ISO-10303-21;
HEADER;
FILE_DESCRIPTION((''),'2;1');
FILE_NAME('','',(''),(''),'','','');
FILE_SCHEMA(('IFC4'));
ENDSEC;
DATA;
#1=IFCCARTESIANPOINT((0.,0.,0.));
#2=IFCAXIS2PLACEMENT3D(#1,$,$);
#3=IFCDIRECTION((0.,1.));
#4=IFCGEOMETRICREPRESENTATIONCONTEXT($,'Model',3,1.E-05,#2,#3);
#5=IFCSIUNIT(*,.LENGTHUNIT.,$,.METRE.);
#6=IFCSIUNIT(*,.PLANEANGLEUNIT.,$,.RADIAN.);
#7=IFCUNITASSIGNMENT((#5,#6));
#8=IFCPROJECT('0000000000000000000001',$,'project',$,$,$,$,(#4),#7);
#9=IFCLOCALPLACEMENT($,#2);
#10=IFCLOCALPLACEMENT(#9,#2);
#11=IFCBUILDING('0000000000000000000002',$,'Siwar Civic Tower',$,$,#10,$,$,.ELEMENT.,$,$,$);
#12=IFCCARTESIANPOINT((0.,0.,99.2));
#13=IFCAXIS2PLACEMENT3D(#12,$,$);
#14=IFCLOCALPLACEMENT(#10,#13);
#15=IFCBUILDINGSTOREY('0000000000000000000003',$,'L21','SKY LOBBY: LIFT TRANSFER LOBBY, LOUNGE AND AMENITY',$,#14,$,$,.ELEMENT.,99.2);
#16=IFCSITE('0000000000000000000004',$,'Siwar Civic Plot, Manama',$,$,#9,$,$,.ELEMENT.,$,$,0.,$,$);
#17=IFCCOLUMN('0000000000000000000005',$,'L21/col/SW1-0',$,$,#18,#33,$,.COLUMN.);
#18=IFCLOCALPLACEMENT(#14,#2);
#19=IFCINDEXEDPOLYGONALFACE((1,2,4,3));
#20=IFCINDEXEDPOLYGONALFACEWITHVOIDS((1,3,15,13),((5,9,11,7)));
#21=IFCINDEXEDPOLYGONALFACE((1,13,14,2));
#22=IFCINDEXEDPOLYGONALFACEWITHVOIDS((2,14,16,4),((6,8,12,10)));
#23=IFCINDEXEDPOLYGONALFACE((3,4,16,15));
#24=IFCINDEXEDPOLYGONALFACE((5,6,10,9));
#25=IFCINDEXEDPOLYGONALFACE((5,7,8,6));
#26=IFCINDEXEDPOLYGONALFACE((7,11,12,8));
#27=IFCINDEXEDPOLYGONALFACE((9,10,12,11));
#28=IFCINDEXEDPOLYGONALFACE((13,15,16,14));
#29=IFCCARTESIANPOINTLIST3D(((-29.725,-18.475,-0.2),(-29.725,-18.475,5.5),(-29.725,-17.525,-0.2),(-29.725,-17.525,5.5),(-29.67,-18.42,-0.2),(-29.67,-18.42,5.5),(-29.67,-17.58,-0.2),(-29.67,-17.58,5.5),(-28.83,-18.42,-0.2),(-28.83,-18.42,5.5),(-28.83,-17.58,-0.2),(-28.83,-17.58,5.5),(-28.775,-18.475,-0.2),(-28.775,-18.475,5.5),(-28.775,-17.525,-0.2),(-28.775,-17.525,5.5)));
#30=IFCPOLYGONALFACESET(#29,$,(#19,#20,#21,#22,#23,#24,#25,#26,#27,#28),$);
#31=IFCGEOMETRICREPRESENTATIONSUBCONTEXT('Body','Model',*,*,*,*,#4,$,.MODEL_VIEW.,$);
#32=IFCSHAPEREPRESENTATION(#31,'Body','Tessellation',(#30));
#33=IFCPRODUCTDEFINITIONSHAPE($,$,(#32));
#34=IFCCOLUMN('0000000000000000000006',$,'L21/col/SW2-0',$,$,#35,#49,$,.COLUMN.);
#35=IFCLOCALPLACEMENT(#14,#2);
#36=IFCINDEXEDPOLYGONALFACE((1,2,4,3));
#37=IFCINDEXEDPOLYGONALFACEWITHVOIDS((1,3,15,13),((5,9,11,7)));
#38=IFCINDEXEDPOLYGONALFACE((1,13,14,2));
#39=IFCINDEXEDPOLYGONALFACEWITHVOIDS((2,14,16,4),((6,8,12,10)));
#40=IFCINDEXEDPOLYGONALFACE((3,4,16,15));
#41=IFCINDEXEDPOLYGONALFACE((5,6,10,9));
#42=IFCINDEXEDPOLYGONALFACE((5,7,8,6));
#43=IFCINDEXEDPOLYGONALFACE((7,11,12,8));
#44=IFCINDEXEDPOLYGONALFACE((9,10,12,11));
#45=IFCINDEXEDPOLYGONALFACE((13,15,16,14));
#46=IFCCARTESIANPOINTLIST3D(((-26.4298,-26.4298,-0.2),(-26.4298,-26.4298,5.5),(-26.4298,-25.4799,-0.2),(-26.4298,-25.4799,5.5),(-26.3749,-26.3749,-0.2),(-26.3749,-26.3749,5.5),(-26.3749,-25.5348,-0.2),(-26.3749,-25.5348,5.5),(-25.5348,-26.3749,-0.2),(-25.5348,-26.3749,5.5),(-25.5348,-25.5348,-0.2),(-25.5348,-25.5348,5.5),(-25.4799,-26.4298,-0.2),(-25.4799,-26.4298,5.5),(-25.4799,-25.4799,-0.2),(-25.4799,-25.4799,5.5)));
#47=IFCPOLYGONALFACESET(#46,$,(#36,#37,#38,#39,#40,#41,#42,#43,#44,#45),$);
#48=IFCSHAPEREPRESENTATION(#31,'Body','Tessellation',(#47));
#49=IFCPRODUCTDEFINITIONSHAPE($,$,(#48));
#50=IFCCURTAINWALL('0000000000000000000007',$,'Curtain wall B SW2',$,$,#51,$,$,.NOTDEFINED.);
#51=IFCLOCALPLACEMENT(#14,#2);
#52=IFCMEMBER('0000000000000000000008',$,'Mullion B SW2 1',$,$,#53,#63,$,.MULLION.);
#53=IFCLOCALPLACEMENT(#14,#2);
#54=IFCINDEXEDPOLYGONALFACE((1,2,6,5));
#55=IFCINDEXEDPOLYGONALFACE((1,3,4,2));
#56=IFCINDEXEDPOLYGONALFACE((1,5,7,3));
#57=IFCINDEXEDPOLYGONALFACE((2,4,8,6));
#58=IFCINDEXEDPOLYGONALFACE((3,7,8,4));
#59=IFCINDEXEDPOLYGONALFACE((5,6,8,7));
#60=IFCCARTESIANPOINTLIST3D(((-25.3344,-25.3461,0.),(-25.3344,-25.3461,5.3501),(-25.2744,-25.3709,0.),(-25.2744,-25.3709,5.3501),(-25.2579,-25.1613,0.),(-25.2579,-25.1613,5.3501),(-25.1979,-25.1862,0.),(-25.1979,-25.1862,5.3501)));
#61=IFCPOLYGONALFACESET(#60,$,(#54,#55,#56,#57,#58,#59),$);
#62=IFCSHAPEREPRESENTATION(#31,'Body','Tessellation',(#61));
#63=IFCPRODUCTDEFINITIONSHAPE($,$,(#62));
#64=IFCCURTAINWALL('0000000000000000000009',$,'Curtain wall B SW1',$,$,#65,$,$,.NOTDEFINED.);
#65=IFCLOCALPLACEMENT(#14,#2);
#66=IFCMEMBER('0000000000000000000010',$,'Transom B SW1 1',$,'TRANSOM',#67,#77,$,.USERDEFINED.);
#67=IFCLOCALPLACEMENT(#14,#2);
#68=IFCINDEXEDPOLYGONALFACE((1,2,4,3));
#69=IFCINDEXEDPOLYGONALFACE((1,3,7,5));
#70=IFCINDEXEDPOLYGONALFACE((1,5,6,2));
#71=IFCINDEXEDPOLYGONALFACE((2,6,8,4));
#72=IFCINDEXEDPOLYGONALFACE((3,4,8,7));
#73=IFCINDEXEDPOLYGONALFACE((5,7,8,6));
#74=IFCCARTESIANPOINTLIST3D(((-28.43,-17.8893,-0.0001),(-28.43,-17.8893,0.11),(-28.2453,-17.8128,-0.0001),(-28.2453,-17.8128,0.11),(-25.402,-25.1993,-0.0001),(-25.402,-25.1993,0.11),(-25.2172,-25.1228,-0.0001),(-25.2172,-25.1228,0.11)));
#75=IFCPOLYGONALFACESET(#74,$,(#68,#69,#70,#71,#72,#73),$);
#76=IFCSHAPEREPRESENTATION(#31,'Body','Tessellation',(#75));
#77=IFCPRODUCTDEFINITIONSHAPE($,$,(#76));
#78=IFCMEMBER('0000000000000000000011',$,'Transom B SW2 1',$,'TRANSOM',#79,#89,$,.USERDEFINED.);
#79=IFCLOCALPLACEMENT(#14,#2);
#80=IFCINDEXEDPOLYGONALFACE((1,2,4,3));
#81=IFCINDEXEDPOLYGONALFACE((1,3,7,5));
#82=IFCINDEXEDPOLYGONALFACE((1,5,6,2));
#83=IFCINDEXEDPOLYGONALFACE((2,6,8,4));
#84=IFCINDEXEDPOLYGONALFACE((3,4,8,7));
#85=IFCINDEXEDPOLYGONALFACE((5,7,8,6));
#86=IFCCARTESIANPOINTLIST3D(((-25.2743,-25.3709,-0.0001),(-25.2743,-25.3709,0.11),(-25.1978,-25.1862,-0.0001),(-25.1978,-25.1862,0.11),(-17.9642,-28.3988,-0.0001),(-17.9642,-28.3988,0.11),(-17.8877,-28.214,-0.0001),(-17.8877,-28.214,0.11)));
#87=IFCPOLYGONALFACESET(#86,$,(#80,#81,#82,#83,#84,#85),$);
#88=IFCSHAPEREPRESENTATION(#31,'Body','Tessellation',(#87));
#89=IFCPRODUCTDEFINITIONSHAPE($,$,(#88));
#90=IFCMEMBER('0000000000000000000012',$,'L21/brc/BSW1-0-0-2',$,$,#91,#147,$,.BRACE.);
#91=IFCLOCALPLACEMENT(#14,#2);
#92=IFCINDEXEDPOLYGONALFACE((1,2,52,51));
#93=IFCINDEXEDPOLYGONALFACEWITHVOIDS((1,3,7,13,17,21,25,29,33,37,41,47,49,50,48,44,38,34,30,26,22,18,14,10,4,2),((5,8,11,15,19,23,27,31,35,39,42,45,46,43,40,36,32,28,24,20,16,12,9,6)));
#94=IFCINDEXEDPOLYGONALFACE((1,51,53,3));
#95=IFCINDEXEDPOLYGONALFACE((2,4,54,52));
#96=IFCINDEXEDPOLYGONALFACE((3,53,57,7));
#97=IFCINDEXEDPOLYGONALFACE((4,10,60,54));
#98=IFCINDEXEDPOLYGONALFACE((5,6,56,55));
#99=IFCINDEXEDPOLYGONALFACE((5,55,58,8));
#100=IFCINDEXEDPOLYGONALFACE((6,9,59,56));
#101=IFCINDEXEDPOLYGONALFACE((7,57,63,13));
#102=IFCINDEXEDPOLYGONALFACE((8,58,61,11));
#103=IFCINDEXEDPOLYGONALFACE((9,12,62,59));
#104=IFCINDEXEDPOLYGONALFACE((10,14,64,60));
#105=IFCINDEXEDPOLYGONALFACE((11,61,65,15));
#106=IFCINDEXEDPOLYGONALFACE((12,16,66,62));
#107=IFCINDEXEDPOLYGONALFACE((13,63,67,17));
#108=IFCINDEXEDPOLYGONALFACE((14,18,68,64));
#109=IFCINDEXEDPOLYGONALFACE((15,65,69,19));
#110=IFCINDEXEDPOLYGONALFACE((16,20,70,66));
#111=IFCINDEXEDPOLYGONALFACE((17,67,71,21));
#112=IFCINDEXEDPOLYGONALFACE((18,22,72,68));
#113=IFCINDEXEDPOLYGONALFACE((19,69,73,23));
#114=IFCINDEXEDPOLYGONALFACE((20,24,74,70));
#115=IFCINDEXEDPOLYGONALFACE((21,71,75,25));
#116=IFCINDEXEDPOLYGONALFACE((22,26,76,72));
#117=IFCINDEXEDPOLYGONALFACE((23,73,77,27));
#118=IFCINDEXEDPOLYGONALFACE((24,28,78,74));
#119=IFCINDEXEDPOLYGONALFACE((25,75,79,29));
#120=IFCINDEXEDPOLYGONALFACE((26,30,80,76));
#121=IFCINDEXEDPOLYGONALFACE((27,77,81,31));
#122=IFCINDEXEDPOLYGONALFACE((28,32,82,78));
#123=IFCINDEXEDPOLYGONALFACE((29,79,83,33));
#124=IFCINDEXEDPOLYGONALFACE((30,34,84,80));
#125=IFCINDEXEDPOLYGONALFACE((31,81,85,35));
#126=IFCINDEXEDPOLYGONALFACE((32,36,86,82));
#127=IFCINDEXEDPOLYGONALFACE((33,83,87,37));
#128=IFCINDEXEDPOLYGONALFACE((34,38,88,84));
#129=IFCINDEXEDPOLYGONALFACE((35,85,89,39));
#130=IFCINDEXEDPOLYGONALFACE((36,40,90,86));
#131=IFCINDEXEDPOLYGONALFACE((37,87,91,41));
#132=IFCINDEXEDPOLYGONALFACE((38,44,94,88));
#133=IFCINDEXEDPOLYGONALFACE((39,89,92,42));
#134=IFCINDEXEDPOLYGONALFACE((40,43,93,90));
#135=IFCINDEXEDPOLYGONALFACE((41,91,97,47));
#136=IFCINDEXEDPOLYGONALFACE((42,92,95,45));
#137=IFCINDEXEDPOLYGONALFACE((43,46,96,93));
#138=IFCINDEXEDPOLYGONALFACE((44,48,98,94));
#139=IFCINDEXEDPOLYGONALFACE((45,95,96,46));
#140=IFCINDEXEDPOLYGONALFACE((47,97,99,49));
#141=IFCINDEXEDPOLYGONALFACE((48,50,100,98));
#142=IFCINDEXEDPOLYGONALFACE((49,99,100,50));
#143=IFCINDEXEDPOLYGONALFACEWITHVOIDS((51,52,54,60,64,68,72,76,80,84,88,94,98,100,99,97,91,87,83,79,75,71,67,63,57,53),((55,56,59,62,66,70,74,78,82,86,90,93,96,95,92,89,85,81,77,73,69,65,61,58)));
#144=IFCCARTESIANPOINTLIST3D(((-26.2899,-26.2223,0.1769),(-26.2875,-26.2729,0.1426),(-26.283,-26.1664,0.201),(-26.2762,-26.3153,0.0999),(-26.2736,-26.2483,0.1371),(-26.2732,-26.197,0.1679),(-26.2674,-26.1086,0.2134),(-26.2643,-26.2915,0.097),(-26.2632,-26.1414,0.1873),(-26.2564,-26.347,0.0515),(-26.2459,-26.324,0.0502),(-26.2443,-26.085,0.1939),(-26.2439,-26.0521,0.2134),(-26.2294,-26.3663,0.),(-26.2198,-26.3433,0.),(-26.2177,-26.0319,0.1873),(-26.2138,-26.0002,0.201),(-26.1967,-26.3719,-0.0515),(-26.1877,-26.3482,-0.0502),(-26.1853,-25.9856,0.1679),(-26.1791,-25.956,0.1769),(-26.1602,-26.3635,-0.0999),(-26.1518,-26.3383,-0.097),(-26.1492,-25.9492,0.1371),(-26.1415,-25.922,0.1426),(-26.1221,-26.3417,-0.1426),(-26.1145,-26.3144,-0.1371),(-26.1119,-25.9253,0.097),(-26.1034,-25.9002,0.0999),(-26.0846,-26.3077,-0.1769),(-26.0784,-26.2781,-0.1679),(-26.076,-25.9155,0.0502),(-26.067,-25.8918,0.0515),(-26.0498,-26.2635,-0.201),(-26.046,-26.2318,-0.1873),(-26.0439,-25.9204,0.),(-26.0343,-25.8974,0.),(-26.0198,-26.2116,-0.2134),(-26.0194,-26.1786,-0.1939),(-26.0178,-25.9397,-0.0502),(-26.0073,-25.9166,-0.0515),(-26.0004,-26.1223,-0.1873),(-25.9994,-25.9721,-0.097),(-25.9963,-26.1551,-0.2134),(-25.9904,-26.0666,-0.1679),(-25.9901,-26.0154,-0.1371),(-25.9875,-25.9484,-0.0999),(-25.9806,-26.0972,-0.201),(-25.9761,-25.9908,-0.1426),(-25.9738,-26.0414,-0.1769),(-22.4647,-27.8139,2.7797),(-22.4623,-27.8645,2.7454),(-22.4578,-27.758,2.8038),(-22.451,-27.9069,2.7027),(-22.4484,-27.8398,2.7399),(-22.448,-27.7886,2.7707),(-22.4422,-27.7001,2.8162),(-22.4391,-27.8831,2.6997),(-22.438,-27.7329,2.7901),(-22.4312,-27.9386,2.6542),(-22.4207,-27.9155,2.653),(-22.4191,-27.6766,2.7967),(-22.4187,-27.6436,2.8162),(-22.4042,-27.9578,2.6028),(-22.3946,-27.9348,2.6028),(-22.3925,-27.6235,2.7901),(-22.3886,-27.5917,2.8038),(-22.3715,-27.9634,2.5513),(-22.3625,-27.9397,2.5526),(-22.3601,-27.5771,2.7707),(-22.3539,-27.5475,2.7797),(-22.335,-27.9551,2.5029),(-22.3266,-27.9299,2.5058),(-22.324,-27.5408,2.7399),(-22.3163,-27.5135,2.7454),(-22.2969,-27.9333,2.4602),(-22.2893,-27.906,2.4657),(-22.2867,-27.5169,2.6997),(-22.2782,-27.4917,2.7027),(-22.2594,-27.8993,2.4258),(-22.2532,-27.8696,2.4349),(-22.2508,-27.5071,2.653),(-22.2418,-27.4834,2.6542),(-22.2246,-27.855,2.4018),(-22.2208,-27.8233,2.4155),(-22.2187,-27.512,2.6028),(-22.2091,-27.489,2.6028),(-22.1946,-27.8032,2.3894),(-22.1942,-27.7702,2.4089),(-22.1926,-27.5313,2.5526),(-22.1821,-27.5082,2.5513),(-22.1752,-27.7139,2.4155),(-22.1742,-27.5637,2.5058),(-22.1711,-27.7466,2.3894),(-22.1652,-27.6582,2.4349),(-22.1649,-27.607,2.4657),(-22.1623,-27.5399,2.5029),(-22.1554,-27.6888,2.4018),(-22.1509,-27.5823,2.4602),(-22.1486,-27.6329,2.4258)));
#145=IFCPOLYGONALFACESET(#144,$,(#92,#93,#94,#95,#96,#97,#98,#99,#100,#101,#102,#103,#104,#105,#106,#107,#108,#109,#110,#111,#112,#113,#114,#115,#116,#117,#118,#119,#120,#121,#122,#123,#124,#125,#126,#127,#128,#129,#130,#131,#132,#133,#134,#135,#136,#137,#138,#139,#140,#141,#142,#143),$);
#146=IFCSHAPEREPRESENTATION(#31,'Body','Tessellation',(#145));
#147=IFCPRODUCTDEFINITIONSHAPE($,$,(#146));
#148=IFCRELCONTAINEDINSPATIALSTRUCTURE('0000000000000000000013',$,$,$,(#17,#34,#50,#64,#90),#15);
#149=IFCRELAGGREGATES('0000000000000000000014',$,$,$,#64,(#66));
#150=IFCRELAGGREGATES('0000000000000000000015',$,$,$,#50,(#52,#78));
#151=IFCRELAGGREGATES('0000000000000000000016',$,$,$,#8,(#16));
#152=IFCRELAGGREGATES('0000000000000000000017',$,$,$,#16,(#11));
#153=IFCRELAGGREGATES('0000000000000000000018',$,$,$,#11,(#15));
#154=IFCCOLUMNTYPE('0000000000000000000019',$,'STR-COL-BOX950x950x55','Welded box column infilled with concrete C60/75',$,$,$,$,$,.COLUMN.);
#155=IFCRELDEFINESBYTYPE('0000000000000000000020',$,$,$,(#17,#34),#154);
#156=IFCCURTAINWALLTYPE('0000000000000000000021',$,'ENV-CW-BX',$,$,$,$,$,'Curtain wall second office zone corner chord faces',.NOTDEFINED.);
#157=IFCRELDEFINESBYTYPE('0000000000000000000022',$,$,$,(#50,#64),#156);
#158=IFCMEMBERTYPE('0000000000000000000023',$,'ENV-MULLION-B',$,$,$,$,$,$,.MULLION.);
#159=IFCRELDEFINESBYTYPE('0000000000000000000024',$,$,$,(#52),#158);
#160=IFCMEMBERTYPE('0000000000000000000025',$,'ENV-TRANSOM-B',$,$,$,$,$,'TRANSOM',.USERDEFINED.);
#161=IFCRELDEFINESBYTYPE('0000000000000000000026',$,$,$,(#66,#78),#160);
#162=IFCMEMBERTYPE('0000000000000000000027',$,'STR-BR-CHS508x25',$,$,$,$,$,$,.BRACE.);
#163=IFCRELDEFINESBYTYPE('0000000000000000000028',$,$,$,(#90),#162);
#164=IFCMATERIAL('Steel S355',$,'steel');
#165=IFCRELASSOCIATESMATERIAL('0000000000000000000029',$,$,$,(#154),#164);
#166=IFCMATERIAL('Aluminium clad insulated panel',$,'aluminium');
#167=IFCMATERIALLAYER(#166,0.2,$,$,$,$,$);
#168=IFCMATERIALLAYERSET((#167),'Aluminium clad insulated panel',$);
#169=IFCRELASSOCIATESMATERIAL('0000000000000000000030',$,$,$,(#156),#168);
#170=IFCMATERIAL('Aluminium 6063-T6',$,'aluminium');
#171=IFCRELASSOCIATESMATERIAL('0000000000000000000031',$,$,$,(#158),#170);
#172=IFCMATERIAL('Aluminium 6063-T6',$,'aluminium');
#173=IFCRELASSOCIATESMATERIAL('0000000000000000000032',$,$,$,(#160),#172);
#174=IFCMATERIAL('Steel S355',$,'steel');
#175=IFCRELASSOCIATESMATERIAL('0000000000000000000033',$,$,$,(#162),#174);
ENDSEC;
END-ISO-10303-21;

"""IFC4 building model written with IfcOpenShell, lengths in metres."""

from ifc_helpers import new_model, si_unit, direction, frame, origin, origin_2d, place, context, subcontext, project, spatial, rectangle, hollow_rectangle, hollow_circle, extrude, material, layer, layer_set, material_profile, profile_set, type_object, element, aggregate, save


model = new_model("IFC4")

# Units and contexts
model_context = context("Model", 3, precision=1e-05, world=origin(), true_north=direction((0.0, 1.0)))
body_context = subcontext(model_context, "Body", "Model", "MODEL_VIEW")
ifc_project = project(units=[si_unit("LENGTHUNIT", "METRE"), si_unit("PLANEANGLEUNIT", "RADIAN")], contexts=[model_context])

# Site, building, storey
site_placement = place(None, origin())
site = spatial("IfcSite", under=ifc_project, at=site_placement, Name="Siwar Civic Plot, Manama", CompositionType="ELEMENT", RefElevation=0.0)
building_placement = place(site_placement, origin())
building = spatial("IfcBuilding", under=site, at=building_placement, Name="Siwar Civic Tower", CompositionType="ELEMENT")
storey_placement = place(building_placement, frame((0.0, 0.0, 99.2)))
storey = spatial("IfcBuildingStorey", under=building, at=storey_placement, Name="L21", Description="SKY LOBBY: LIFT TRANSFER LOBBY, LOUNGE AND AMENITY", CompositionType="ELEMENT", Elevation=99.2)

# Columns
ifc_material_1 = material(Name="Steel S355", Category="steel")
ifc_material_profile_1 = material_profile(ifc_material_1, hollow_rectangle(XDim=0.95, YDim=0.95, WallThickness=0.0549, at=origin_2d()), Name="BOX950x950x55")
ifc_profile_set_1 = profile_set([ifc_material_profile_1], Name="Steel S355")
column_type = type_object("IfcColumnType", Name="STR-COL-BOX950x950x55", Description="Welded box column infilled with concrete C60/75", PredefinedType="COLUMN", material=ifc_profile_set_1)
for number, where, z_axis, x_axis, name in (
    (1, (-29.25, -18.0, -0.2), (0.0, 0.0, 1.0), (1.0, 0.0, 0.0), "L21/col/SW1-0"),
    (2, (-25.9548, -25.9548, -0.2), (0.0, 0.0, 1.0), (1.0, 0.0, 0.0), "L21/col/SW2-0"),
):
    element("IfcColumn", number, at=place(storey_placement, frame(where, z_axis=z_axis, x_axis=x_axis)), inside=storey, type_object=column_type, Name=name, PredefinedType="COLUMN", context=body_context, shape_type="SweptSolid", body=[
        extrude(hollow_rectangle(XDim=0.95, YDim=0.95, WallThickness=0.0549, at=origin_2d()), origin(), (0.0, 0.0, 1.0), 5.7),
    ])

# Curtain walls, members
ifc_material_2 = material(Name="Aluminium clad insulated panel", Category="aluminium")
ifc_layer_1 = layer(ifc_material_2, 0.2)
ifc_layer_set_1 = layer_set([ifc_layer_1], Name="Aluminium clad insulated panel")
curtain_wall_type = type_object("IfcCurtainWallType", Name="ENV-CW-BX", ElementType="Curtain wall second office zone corner chord faces", PredefinedType="NOTDEFINED", material=ifc_layer_set_1)
curtain_wall_1_placement = place(storey_placement, origin())
curtain_wall_1 = element("IfcCurtainWall", 3, at=curtain_wall_1_placement, inside=storey, type_object=curtain_wall_type, Name="Curtain wall B SW2", PredefinedType="NOTDEFINED")
ifc_material_3 = material(Name="Aluminium 6063-T6", Category="aluminium")
ifc_material_profile_2 = material_profile(ifc_material_3, rectangle(XDim=0.2, YDim=0.0649, at=origin_2d()), Name="AL 200x65")
ifc_profile_set_2 = profile_set([ifc_material_profile_2], Name="Aluminium 6063-T6")
member_type_1 = type_object("IfcMemberType", Name="ENV-MULLION-B", PredefinedType="MULLION", material=ifc_profile_set_2)
member_1_placement = place(storey_placement, frame((-25.2661, -25.2661, 0.0), z_axis=(0.0, 0.0, 1.0), x_axis=(0.382683, 0.92388, 0.0)))
member_1 = element("IfcMember", 4, at=member_1_placement, type_object=member_type_1, Name="Mullion B SW2 1", PredefinedType="MULLION", context=body_context, shape_type="SweptSolid", body=[
    extrude(rectangle(XDim=0.2, YDim=0.0649, at=origin_2d()), origin(), (0.0, 0.0, 1.0), 5.3501),
])
curtain_wall_2_placement = place(storey_placement, origin())
curtain_wall_2 = element("IfcCurtainWall", 5, at=curtain_wall_2_placement, inside=storey, type_object=curtain_wall_type, Name="Curtain wall B SW1", PredefinedType="NOTDEFINED")
ifc_material_4 = material(Name="Aluminium 6063-T6", Category="aluminium")
ifc_material_profile_3 = material_profile(ifc_material_4, rectangle(XDim=0.2, YDim=0.1101, at=origin_2d()), Name="AL 200x110")
ifc_profile_set_3 = profile_set([ifc_material_profile_3], Name="Aluminium 6063-T6")
member_type_2 = type_object("IfcMemberType", Name="ENV-TRANSOM-B", ElementType="TRANSOM", PredefinedType="USERDEFINED", material=ifc_profile_set_3)
member_2_placement = place(storey_placement, frame((-28.3376, -17.8511, 0.0549), z_axis=(0.3827, -0.923873, 0.0), x_axis=(0.923873, 0.3827, 0.0)))
member_2 = element("IfcMember", 6, at=member_2_placement, type_object=member_type_2, Name="Transom B SW1 1", ObjectType="TRANSOM", PredefinedType="USERDEFINED", context=body_context, shape_type="SweptSolid", body=[
    extrude(rectangle(XDim=0.2, YDim=0.1101, at=origin_2d()), origin(), (0.0, 0.0, 1.0), 7.9124),
])

# Member
member_3_placement = place(storey_placement, frame((-25.2361, -25.2786, 0.0549), z_axis=(0.923884, -0.382673, 0.0), x_axis=(0.382673, 0.923884, 0.0)))
member_3 = element("IfcMember", 7, at=member_3_placement, type_object=member_type_2, Name="Transom B SW2 1", ObjectType="TRANSOM", PredefinedType="USERDEFINED", context=body_context, shape_type="SweptSolid", body=[
    extrude(rectangle(XDim=0.2, YDim=0.1101, at=origin_2d()), origin(), (0.0, 0.0, 1.0), 7.9124),
])

# Member
ifc_material_5 = material(Name="Steel S355", Category="steel")
ifc_material_profile_4 = material_profile(ifc_material_5, hollow_circle(Radius=0.2539, WallThickness=0.0249, at=origin_2d()), Name="CHS508x25")
ifc_profile_set_4 = profile_set([ifc_material_profile_4], Name="Steel S355")
member_type_3 = type_object("IfcMemberType", Name="STR-BR-CHS508x25", PredefinedType="BRACE", material=ifc_profile_set_4)
member_4_placement = place(storey_placement, frame((-26.1318, -26.1318, 0.0), z_axis=(0.781798, -0.325284, 0.53196), x_axis=(0.384147, 0.923272, 0.0)))
element("IfcMember", 8, at=member_4_placement, inside=storey, type_object=member_type_3, Name="L21/brc/BSW1-0-0-2", PredefinedType="BRACE", context=body_context, shape_type="SweptSolid", body=[
    extrude(hollow_circle(Radius=0.2539, WallThickness=0.0249, at=origin_2d()), origin(), (0.0, 0.0, 1.0), 4.8928),
])

aggregate(curtain_wall_2, [member_2])
aggregate(curtain_wall_1, [member_1, member_3])

save(model, "model.ifc")
